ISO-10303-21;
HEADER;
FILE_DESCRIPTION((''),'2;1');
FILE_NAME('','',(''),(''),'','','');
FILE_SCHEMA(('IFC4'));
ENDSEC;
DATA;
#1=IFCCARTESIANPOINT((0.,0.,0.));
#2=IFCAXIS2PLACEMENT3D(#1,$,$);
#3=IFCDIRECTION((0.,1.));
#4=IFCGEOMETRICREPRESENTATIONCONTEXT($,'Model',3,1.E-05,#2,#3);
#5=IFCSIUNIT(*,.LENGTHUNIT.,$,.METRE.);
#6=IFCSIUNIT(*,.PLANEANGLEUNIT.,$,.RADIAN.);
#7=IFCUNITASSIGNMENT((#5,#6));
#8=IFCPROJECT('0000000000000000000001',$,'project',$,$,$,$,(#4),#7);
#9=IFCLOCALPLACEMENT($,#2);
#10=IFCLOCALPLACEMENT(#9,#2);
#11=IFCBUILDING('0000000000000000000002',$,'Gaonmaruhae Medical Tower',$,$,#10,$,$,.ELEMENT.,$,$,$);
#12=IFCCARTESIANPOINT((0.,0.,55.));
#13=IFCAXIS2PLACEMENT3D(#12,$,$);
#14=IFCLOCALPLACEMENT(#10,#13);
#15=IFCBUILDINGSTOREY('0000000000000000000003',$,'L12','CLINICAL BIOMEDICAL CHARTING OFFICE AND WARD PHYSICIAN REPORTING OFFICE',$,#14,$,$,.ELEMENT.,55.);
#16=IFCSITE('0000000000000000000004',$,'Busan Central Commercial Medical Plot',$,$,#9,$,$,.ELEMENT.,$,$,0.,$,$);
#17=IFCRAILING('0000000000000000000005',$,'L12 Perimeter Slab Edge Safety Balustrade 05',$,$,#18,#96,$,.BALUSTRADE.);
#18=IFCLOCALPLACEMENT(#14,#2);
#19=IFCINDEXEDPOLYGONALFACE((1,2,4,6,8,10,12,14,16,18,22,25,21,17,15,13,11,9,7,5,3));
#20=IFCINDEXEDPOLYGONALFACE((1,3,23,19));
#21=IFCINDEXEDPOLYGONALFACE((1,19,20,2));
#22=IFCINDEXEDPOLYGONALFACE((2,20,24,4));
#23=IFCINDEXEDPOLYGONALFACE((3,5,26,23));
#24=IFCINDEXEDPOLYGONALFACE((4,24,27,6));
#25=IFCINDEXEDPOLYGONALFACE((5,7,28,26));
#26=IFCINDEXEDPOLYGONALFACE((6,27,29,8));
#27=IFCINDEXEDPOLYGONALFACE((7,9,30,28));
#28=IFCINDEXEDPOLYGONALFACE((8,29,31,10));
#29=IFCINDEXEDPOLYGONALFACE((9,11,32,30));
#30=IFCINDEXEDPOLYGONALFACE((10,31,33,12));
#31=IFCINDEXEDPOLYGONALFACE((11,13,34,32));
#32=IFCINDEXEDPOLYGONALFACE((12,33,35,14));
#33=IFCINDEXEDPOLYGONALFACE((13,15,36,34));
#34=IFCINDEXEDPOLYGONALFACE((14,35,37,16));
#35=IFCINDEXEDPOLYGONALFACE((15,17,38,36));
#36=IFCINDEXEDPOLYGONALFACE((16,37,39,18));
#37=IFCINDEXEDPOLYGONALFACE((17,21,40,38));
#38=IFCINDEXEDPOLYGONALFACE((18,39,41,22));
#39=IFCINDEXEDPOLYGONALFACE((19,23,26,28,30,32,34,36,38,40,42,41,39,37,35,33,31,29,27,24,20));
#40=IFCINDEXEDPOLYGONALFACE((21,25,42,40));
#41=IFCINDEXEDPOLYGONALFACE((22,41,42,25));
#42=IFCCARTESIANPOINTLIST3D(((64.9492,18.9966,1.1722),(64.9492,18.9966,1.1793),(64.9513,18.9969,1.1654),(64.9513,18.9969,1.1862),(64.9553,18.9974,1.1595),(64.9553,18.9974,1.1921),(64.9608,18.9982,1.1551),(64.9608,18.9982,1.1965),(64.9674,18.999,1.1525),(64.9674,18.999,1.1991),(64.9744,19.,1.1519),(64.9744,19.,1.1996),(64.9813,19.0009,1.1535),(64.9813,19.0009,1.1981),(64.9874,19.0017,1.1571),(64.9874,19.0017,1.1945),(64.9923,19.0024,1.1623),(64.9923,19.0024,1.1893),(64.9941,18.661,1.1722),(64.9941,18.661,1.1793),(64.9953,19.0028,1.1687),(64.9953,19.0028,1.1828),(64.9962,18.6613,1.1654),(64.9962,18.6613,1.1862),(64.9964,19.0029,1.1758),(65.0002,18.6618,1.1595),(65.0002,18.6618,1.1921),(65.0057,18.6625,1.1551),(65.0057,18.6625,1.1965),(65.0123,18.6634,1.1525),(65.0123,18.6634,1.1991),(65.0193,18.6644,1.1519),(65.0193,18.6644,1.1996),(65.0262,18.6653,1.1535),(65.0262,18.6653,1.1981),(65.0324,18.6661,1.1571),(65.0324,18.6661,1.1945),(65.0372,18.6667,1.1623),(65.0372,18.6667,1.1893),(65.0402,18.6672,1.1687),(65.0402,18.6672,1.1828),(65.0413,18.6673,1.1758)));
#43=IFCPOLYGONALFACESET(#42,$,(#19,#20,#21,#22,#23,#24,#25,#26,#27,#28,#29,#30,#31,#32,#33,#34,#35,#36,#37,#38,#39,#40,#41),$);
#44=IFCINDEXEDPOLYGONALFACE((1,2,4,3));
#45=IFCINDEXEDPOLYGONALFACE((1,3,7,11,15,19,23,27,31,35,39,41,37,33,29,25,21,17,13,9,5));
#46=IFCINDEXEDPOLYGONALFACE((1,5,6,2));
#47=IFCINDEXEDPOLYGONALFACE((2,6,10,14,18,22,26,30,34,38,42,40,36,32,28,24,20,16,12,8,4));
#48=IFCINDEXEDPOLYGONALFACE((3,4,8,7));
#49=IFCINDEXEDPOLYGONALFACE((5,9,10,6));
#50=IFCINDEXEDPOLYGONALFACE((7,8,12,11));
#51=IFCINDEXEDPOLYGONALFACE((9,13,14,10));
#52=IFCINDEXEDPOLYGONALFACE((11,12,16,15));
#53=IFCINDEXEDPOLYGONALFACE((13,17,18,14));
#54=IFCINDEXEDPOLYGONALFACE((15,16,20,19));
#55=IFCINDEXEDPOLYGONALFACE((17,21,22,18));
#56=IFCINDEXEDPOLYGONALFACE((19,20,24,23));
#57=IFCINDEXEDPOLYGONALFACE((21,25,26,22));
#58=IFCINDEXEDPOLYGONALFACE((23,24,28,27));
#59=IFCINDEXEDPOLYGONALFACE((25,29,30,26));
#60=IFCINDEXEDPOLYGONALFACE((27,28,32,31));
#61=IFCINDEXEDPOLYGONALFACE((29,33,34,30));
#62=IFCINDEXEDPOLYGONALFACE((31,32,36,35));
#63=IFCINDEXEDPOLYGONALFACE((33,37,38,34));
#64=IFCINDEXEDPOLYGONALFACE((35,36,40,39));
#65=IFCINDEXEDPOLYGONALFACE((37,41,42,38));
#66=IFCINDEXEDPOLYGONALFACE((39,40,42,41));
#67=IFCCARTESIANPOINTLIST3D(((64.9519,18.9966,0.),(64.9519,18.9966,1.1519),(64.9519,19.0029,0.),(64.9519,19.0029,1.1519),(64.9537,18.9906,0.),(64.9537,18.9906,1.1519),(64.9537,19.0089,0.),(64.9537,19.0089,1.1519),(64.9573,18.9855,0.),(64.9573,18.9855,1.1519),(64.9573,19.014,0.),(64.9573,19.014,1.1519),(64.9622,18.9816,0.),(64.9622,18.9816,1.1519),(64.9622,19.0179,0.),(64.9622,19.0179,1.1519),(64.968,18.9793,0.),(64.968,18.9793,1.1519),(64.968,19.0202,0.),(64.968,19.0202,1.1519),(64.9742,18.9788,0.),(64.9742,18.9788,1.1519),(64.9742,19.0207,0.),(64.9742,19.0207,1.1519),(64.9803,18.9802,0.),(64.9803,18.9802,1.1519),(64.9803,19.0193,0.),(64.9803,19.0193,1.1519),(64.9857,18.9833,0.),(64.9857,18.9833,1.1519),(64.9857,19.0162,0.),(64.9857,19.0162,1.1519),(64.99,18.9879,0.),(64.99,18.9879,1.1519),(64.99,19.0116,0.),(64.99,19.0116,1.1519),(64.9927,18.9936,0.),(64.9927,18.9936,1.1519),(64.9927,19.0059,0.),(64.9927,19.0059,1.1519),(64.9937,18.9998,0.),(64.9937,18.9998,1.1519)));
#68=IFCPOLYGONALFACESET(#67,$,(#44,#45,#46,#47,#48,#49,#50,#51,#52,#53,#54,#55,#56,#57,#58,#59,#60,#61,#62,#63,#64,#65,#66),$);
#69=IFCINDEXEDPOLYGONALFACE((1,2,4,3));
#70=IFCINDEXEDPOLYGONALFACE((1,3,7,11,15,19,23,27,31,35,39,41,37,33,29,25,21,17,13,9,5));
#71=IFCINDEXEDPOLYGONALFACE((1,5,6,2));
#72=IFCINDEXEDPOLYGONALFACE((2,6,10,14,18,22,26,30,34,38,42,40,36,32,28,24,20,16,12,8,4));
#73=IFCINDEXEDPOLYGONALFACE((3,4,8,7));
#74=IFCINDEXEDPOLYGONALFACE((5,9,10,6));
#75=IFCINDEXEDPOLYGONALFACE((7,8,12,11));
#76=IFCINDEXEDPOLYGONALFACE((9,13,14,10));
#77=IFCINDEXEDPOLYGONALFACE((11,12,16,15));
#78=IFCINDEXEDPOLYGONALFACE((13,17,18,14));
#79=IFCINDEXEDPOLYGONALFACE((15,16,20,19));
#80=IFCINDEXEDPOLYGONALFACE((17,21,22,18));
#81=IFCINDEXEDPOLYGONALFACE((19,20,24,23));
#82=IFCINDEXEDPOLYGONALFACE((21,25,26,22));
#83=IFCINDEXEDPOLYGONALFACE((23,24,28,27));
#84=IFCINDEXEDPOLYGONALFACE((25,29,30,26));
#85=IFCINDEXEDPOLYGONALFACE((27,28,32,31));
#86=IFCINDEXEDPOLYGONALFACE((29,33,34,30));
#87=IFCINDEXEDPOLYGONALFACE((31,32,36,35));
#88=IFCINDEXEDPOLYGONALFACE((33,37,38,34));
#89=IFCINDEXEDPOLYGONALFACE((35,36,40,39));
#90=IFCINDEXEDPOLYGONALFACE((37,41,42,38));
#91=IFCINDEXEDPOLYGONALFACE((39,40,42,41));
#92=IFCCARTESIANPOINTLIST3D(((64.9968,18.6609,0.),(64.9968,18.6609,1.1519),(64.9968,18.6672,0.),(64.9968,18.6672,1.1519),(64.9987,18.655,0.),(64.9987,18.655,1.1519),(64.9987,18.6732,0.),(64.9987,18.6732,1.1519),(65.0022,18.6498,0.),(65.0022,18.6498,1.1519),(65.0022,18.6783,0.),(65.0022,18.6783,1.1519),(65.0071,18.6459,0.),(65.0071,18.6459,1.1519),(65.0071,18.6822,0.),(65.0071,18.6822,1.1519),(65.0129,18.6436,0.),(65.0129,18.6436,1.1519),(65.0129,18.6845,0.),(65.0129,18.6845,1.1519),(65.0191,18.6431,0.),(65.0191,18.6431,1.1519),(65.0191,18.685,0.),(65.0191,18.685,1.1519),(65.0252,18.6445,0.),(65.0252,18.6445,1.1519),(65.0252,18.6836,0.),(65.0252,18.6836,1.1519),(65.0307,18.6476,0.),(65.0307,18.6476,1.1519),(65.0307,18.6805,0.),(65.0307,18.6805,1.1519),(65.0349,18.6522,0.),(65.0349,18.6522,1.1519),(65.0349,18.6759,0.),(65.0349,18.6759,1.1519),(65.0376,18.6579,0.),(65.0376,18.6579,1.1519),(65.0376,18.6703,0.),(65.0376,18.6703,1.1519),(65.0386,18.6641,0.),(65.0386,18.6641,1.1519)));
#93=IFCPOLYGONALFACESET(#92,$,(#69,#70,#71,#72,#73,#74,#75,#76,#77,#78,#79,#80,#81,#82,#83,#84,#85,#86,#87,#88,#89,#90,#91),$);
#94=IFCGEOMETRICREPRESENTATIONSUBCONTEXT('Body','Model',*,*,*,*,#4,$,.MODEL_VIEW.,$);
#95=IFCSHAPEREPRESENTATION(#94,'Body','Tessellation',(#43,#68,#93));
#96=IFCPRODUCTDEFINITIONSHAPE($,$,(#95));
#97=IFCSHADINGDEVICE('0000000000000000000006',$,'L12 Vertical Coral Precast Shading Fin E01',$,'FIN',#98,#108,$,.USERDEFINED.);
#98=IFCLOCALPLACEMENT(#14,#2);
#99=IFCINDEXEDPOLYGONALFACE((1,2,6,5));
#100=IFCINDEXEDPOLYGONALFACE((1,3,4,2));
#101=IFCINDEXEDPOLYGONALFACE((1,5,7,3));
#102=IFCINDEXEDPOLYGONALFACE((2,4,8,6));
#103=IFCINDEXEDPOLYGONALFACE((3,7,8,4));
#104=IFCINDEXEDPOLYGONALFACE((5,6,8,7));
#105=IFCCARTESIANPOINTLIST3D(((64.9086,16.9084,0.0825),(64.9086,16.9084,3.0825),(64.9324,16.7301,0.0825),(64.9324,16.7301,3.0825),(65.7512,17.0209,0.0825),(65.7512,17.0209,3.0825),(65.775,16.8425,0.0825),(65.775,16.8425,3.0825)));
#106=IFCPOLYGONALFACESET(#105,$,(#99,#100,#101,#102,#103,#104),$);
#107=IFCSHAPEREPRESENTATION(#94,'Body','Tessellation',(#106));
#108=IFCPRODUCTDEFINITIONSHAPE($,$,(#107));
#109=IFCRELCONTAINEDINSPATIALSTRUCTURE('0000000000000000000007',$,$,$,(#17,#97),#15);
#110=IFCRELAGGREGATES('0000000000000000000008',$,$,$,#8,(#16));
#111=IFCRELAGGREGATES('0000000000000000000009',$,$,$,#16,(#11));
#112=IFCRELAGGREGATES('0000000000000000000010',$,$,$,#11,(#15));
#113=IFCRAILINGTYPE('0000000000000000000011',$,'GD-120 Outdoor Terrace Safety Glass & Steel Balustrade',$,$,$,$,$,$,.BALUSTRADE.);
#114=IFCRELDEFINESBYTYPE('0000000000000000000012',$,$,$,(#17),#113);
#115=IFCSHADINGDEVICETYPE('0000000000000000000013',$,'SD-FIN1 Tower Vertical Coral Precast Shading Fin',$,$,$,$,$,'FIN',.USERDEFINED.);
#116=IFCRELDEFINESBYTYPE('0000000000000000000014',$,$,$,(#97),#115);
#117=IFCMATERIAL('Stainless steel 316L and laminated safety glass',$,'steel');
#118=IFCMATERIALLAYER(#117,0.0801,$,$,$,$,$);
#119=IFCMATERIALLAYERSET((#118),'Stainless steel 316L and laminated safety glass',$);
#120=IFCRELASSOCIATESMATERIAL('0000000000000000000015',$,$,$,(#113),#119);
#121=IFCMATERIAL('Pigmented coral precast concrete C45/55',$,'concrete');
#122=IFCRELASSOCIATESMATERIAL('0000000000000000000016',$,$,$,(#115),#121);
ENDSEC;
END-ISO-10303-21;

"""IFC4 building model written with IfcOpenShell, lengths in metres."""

from ifc_helpers import new_model, si_unit, direction, frame, origin, origin_2d, place, context, subcontext, project, spatial, rectangle, circle, extrude, material, layer, layer_set, type_object, element, save


model = new_model("IFC4")

# Units and contexts
model_context = context("Model", 3, precision=1e-05, world=origin(), true_north=direction((0.0, 1.0)))
body_context = subcontext(model_context, "Body", "Model", "MODEL_VIEW")
ifc_project = project(units=[si_unit("LENGTHUNIT", "METRE"), si_unit("PLANEANGLEUNIT", "RADIAN")], contexts=[model_context])

# Site, building, storey
site_placement = place(None, origin())
site = spatial("IfcSite", under=ifc_project, at=site_placement, Name="Busan Central Commercial Medical Plot", CompositionType="ELEMENT", RefElevation=0.0)
building_placement = place(site_placement, origin())
building = spatial("IfcBuilding", under=site, at=building_placement, Name="Gaonmaruhae Medical Tower", CompositionType="ELEMENT")
storey_placement = place(building_placement, frame((0.0, 0.0, 55.0)))
storey = spatial("IfcBuildingStorey", under=building, at=storey_placement, Name="L12", Description="CLINICAL BIOMEDICAL CHARTING OFFICE AND WARD PHYSICIAN REPORTING OFFICE", CompositionType="ELEMENT", Elevation=55.0)

# Railing
ifc_material_1 = material(Name="Stainless steel 316L and laminated safety glass", Category="steel")
ifc_layer_1 = layer(ifc_material_1, 0.0801)
ifc_layer_set_1 = layer_set([ifc_layer_1], Name="Stainless steel 316L and laminated safety glass")
railing_type = type_object("IfcRailingType", Name="GD-120 Outdoor Terrace Safety Glass & Steel Balustrade", PredefinedType="BALUSTRADE", material=ifc_layer_set_1)
railing_1_placement = place(storey_placement, frame((64.9727, 18.9998, 0.0)))
element("IfcRailing", 1, at=railing_1_placement, inside=storey, type_object=railing_type, Name="L12 Perimeter Slab Edge Safety Balustrade 05", PredefinedType="BALUSTRADE", context=body_context, shape_type="SweptSolid", body=[
    extrude(circle(Radius=0.0239, at=origin_2d()), frame((0.0, 0.0, 1.1758), z_axis=(0.132636, -0.991165, 0.0), x_axis=(0.991165, 0.132636, 0.0)), (0.0, 0.0, 1.0), 0.3386),
    extrude(circle(Radius=0.021, at=origin_2d()), origin(), (0.0, 0.0, 1.0), 1.1519),
    extrude(circle(Radius=0.021, at=origin_2d()), frame((0.0449, -0.3357, 0.0)), (0.0, 0.0, 1.0), 1.1519),
])

# Shading device
ifc_material_2 = material(Name="Pigmented coral precast concrete C45/55", Category="concrete")
shading_device_type = type_object("IfcShadingDeviceType", Name="SD-FIN1 Tower Vertical Coral Precast Shading Fin", ElementType="FIN", PredefinedType="USERDEFINED", material=ifc_material_2)
shading_device_placement = place(storey_placement, frame((65.3418, 16.8755, 0.0825), z_axis=(0.0, 0.0, 1.0), x_axis=(0.132256, -0.991216, 0.0)))
element("IfcShadingDevice", 2, at=shading_device_placement, inside=storey, type_object=shading_device_type, Name="L12 Vertical Coral Precast Shading Fin E01", ObjectType="FIN", PredefinedType="USERDEFINED", context=body_context, shape_type="SweptSolid", body=[
    extrude(rectangle(XDim=0.1799, YDim=0.8501, at=origin_2d()), origin(), (0.0, 0.0, 1.0), 3.0),
])

save(model, "model.ifc")
